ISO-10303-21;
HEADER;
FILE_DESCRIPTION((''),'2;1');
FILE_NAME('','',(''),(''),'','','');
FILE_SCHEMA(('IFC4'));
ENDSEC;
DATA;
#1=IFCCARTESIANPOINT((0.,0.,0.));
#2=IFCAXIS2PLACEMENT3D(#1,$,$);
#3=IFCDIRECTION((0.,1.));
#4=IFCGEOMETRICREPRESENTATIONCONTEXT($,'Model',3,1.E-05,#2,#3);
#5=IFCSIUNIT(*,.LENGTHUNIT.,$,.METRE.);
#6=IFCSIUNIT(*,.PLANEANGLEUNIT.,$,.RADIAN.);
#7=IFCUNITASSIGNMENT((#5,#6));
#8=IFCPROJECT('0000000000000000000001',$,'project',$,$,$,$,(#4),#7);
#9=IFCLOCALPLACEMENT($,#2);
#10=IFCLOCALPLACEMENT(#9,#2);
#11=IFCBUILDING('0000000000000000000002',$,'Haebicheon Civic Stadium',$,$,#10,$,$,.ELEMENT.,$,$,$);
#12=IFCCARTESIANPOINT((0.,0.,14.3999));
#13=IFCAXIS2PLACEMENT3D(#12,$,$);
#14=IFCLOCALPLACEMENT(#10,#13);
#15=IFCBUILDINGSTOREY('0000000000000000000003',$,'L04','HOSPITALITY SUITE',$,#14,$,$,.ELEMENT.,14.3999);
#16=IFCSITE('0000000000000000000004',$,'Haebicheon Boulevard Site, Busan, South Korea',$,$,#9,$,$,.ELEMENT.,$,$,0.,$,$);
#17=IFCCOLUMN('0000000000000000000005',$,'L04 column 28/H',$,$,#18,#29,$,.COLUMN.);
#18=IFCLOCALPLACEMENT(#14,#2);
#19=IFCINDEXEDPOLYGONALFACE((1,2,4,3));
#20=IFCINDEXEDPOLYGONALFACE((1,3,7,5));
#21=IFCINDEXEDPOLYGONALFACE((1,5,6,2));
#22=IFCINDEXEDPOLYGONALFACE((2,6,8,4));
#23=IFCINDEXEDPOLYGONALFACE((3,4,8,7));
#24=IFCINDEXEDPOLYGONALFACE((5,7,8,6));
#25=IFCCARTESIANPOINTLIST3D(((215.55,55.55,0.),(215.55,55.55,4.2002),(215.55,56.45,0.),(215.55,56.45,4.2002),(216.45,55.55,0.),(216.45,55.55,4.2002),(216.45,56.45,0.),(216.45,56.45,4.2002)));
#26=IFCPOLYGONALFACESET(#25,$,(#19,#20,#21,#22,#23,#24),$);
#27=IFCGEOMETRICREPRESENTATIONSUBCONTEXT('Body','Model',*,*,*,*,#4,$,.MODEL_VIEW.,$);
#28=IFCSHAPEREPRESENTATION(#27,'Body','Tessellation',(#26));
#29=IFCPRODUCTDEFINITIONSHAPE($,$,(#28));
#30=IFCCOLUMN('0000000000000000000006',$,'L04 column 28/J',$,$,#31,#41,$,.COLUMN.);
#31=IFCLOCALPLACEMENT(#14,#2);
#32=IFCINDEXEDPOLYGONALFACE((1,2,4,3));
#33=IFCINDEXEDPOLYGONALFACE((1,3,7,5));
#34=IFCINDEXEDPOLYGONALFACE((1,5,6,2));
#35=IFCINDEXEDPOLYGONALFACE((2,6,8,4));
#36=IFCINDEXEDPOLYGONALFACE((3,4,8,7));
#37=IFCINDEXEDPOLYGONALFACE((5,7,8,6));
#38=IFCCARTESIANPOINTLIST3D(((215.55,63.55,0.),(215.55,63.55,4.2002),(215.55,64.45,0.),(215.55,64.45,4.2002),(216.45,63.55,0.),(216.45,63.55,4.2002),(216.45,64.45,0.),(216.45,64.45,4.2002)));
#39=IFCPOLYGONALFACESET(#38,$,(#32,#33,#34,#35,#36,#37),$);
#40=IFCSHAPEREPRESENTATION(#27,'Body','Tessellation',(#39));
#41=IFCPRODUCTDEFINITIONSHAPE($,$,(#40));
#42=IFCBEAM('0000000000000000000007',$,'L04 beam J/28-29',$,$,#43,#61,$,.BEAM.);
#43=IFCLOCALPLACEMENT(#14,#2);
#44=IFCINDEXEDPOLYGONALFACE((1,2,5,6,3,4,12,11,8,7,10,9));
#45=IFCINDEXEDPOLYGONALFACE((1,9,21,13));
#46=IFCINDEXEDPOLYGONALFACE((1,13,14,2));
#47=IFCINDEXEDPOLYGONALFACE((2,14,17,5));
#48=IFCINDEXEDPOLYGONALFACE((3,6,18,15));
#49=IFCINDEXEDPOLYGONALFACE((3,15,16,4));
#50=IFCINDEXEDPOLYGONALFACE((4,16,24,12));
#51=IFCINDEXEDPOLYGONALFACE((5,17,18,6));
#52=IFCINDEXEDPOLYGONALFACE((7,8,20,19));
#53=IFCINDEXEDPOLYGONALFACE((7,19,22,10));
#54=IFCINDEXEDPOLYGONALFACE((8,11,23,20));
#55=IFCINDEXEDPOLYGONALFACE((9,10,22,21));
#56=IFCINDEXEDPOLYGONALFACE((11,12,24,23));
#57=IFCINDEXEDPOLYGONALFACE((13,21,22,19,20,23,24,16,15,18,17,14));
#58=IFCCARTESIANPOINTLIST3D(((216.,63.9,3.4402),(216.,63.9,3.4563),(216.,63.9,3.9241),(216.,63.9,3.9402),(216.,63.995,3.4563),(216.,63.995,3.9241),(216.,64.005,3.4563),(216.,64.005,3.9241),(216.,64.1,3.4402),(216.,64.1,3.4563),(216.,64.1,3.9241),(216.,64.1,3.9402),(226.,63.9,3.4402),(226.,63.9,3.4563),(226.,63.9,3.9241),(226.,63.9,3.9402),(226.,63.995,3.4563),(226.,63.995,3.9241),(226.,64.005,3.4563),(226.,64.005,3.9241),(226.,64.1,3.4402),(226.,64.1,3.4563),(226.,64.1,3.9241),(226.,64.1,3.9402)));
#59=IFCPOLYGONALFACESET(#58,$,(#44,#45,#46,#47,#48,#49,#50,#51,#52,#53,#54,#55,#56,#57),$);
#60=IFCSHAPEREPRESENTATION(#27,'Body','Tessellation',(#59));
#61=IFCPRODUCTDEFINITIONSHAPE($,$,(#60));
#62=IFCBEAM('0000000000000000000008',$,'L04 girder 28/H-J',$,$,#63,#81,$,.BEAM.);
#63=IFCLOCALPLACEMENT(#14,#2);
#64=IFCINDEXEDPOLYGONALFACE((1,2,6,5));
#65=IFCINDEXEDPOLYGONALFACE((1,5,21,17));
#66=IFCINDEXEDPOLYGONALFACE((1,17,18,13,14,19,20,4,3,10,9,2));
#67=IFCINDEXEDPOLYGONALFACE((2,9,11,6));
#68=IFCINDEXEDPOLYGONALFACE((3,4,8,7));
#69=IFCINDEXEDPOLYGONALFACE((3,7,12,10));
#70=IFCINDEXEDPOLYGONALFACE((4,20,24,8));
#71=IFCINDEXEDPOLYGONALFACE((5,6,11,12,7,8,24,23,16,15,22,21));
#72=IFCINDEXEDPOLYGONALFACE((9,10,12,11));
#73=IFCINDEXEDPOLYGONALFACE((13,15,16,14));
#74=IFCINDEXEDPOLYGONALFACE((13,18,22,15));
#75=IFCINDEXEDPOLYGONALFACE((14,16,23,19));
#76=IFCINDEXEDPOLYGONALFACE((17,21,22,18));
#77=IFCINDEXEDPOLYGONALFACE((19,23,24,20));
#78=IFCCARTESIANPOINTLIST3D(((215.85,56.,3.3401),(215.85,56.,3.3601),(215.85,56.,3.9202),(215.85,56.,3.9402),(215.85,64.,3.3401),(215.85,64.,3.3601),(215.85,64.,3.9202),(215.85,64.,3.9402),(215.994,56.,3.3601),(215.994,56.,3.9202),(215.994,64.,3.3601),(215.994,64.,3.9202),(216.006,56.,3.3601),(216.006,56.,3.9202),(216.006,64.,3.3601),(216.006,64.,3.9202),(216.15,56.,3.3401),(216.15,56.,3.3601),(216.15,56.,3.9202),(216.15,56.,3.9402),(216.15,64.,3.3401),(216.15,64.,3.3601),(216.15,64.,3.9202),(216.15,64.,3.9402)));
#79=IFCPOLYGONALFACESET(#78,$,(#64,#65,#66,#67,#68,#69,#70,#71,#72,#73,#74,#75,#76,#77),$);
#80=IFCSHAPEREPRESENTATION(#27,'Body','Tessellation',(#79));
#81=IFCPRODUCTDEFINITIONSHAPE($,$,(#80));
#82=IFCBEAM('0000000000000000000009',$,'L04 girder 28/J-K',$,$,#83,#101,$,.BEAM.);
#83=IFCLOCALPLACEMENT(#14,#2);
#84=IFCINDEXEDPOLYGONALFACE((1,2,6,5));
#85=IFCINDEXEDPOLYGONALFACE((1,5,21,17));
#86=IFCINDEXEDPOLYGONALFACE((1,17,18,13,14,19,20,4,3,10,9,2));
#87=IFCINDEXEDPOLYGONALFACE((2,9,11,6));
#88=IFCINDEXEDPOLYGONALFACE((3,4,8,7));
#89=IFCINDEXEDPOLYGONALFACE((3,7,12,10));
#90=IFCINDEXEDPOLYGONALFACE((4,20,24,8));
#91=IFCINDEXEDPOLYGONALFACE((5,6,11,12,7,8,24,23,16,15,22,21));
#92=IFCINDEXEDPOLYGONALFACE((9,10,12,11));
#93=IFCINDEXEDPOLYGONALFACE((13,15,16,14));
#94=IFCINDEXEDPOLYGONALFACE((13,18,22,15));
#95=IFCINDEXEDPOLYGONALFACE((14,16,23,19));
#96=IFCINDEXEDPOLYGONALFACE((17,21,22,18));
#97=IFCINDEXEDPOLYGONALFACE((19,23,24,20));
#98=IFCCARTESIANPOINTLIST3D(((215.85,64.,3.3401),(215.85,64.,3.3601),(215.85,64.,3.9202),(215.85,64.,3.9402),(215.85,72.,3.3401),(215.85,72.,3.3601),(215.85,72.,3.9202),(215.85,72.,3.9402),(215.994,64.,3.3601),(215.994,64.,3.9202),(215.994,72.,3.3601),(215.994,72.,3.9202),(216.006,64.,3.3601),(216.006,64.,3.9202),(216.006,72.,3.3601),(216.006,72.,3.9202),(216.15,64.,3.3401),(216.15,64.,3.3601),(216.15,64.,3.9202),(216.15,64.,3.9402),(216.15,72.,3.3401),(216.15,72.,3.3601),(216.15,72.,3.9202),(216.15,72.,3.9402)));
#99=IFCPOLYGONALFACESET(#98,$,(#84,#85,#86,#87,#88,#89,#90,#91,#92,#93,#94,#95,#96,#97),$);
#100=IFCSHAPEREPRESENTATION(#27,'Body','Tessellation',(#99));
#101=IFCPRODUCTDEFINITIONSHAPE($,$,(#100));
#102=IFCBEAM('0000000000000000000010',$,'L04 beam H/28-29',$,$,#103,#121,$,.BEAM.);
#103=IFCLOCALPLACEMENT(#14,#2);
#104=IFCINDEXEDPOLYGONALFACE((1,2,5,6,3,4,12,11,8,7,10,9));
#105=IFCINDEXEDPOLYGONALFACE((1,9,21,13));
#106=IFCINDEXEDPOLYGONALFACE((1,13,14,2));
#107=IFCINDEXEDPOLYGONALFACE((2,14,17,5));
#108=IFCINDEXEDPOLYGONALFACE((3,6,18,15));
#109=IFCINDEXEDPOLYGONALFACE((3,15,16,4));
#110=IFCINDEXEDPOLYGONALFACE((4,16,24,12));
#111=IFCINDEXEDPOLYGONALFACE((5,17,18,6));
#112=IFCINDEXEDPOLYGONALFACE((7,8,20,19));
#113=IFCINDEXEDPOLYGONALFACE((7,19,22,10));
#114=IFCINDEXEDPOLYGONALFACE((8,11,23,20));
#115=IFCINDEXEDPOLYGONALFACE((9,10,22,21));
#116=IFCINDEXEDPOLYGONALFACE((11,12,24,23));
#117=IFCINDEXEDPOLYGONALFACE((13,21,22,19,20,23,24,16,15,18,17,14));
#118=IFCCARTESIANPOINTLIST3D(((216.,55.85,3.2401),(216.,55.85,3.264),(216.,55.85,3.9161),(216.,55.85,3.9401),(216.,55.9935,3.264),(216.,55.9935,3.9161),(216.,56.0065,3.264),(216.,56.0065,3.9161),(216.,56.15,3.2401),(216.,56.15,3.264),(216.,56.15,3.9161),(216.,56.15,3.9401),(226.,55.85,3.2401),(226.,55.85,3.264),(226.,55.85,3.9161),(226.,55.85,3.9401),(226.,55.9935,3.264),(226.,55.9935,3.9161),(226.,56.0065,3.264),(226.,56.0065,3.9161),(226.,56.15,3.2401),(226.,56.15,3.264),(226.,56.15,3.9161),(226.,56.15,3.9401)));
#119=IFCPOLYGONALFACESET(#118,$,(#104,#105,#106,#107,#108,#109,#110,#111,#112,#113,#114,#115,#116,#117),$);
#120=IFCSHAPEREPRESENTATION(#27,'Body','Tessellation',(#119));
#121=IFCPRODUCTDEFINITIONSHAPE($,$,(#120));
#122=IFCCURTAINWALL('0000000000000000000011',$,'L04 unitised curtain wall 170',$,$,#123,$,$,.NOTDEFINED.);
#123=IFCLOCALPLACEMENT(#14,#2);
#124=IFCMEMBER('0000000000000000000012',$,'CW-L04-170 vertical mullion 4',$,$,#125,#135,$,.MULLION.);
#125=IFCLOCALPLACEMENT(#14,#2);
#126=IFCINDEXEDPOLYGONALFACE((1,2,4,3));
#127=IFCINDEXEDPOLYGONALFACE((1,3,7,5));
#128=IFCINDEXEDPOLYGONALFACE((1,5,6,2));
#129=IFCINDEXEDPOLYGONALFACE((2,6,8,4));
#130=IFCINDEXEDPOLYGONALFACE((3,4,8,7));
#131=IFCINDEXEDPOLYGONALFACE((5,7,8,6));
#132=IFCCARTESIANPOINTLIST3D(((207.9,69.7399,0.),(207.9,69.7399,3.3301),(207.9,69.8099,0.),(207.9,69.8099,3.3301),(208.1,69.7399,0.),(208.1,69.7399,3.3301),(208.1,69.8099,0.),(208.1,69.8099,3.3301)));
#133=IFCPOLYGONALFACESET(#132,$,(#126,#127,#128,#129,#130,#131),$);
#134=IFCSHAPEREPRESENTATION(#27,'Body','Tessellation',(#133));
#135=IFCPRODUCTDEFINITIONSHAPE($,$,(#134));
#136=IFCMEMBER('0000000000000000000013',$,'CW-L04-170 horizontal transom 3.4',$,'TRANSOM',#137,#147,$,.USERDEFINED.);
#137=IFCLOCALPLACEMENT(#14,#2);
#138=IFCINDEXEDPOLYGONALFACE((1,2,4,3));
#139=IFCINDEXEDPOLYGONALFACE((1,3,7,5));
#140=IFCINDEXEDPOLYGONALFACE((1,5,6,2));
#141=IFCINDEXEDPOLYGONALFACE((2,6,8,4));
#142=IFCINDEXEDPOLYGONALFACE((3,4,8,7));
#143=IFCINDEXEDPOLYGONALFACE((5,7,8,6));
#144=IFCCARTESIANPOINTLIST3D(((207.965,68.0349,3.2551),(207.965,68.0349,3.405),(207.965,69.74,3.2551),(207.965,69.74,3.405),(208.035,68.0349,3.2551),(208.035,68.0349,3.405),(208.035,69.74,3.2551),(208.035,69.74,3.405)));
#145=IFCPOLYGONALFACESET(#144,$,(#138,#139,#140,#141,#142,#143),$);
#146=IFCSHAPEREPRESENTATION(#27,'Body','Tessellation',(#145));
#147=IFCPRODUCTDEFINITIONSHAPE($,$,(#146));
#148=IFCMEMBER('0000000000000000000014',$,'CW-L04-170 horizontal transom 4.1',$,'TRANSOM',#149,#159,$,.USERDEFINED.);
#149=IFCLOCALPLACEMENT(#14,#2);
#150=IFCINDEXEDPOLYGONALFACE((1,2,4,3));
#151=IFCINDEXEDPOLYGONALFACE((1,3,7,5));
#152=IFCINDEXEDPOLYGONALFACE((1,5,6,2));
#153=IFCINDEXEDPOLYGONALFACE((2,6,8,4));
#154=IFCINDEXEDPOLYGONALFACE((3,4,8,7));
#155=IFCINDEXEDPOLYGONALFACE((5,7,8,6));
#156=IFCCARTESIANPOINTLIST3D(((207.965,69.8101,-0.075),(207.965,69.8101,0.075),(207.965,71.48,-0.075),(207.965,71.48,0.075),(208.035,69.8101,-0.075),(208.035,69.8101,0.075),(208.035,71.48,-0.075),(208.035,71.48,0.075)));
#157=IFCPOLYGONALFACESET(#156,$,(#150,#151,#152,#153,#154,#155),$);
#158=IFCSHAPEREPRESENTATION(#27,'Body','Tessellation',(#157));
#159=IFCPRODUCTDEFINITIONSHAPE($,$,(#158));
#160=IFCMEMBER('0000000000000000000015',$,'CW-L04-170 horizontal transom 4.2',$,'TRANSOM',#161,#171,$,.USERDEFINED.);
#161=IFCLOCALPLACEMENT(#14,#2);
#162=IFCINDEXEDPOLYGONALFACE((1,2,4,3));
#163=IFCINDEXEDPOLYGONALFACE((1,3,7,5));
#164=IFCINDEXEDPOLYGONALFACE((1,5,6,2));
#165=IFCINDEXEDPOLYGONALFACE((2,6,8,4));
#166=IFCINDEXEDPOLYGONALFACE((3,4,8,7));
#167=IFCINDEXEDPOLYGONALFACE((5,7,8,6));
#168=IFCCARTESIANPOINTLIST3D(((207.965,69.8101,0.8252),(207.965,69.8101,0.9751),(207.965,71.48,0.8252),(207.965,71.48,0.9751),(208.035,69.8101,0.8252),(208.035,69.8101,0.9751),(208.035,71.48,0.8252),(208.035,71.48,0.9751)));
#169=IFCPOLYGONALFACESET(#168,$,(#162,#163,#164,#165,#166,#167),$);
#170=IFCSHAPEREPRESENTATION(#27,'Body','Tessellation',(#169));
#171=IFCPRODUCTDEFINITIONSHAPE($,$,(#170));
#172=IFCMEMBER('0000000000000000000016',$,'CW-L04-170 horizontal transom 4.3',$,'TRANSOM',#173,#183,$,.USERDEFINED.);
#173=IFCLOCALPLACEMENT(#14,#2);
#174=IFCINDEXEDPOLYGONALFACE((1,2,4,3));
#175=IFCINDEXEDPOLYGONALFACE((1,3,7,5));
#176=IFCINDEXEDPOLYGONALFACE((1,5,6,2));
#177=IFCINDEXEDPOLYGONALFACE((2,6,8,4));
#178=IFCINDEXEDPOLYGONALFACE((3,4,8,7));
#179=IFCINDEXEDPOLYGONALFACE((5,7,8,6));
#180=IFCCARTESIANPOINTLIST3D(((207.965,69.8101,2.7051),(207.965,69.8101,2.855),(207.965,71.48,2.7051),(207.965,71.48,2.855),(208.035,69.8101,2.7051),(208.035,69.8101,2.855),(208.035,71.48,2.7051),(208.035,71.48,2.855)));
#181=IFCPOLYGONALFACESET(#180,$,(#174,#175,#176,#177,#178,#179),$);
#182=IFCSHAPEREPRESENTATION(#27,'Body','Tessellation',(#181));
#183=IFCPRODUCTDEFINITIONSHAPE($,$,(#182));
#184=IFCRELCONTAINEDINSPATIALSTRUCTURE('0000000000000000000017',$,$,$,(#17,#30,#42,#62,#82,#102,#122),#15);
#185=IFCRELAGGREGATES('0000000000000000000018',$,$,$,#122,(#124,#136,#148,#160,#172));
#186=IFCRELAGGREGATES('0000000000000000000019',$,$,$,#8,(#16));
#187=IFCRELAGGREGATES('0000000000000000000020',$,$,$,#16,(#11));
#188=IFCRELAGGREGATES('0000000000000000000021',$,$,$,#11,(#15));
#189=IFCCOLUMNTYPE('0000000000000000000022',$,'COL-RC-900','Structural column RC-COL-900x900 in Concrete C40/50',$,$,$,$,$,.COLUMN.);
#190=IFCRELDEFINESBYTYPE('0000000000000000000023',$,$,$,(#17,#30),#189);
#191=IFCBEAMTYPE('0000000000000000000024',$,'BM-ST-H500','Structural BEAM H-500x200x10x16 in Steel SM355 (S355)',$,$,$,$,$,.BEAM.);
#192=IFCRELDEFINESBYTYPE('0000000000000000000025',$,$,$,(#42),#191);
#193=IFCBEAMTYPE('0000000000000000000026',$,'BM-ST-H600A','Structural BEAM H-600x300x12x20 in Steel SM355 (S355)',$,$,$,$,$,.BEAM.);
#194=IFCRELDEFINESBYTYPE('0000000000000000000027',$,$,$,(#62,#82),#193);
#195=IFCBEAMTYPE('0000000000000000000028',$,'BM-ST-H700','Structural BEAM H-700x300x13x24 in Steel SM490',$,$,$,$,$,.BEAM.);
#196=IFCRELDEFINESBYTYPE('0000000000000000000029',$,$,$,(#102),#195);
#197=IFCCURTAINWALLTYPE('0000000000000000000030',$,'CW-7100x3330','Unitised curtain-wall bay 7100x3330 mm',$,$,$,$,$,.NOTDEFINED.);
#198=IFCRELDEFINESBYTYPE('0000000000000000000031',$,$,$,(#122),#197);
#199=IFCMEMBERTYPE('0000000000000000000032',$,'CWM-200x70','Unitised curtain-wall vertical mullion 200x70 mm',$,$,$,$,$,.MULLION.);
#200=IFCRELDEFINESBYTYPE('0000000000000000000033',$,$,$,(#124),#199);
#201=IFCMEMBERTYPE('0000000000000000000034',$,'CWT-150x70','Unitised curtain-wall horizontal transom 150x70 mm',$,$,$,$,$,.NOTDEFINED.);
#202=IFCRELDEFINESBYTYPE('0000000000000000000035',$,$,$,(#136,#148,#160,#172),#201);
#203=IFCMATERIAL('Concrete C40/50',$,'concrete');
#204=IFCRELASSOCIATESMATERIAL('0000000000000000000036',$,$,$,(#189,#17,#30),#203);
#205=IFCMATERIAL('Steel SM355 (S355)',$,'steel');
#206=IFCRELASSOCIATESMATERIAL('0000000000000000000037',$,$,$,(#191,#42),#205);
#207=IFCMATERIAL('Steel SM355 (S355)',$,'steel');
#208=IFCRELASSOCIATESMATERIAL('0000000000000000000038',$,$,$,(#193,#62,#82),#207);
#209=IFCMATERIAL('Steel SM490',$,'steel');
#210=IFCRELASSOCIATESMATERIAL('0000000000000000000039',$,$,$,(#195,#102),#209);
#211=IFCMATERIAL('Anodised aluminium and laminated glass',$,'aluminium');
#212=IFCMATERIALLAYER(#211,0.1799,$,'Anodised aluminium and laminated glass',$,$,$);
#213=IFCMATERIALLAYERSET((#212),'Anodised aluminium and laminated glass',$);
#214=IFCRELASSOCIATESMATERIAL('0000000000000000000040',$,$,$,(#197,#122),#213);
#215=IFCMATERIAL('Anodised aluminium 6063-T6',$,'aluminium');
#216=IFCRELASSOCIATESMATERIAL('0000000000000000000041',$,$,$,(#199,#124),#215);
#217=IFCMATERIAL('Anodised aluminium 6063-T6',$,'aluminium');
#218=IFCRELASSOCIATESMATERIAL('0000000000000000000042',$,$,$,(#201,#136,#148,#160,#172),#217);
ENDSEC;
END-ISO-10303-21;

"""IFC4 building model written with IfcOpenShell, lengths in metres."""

from ifc_helpers import new_model, si_unit, direction, frame, origin, origin_2d, place, context, subcontext, project, spatial, rectangle, i_section, extrude, material, layer, layer_set, material_profile, profile_set, type_object, element, aggregate, save


model = new_model("IFC4")

# Units and contexts
model_context = context("Model", 3, precision=1e-05, world=origin(), true_north=direction((0.0, 1.0)))
body_context = subcontext(model_context, "Body", "Model", "MODEL_VIEW")
ifc_project = project(units=[si_unit("LENGTHUNIT", "METRE"), si_unit("PLANEANGLEUNIT", "RADIAN")], contexts=[model_context])

# Site, building, storey
site_placement = place(None, origin())
site = spatial("IfcSite", under=ifc_project, at=site_placement, Name="Haebicheon Boulevard Site, Busan, South Korea", CompositionType="ELEMENT", RefElevation=0.0)
building_placement = place(site_placement, origin())
building = spatial("IfcBuilding", under=site, at=building_placement, Name="Haebicheon Civic Stadium", CompositionType="ELEMENT")
storey_placement = place(building_placement, frame((0.0, 0.0, 14.3999)))
storey = spatial("IfcBuildingStorey", under=building, at=storey_placement, Name="L04", Description="HOSPITALITY SUITE", CompositionType="ELEMENT", Elevation=14.3999)

# Columns
ifc_material_1 = material(Name="Concrete C40/50", Category="concrete")
ifc_material_profile_1 = material_profile(ifc_material_1, rectangle(XDim=0.8999, YDim=0.8999, at=origin_2d()), Name="RC-COL-900x900")
ifc_profile_set_1 = profile_set([ifc_material_profile_1], Name="Concrete C40/50")
column_type = type_object("IfcColumnType", Name="COL-RC-900", Description="Structural column RC-COL-900x900 in Concrete C40/50", PredefinedType="COLUMN", material=ifc_profile_set_1)
for number, where, z_axis, x_axis, name in (
    (1, (216.0, 56.0, 0.0), (0.0, 0.0, 1.0), (1.0, 0.0, 0.0), "L04 column 28/H"),
    (2, (216.0, 64.0, 0.0), (0.0, 0.0, 1.0), (1.0, 0.0, 0.0), "L04 column 28/J"),
):
    element("IfcColumn", number, at=place(storey_placement, frame(where, z_axis=z_axis, x_axis=x_axis)), inside=storey, type_object=column_type, material=ifc_profile_set_1, Name=name, PredefinedType="COLUMN", context=body_context, shape_type="SweptSolid", body=[
        extrude(rectangle(XDim=0.8999, YDim=0.8999, at=origin_2d()), origin(), (0.0, 0.0, 1.0), 4.2002),
    ])

# Beams
ifc_material_2 = material(Name="Steel SM355 (S355)", Category="steel")
ifc_material_profile_2 = material_profile(ifc_material_2, i_section(OverallWidth=0.2, OverallDepth=0.5, WebThickness=0.01, FlangeThickness=0.0161, at=origin_2d()), Name="H-500x200x10x16")
ifc_profile_set_2 = profile_set([ifc_material_profile_2], Name="Steel SM355 (S355)")
beam_type_1 = type_object("IfcBeamType", Name="BM-ST-H500", Description="Structural BEAM H-500x200x10x16 in Steel SM355 (S355)", PredefinedType="BEAM", material=ifc_profile_set_2)
beam_1_placement = place(storey_placement, frame((216.0, 64.0, 3.6902), z_axis=(1.0, 0.0, 0.0), x_axis=(0.0, 1.0, 0.0)))
element("IfcBeam", 3, at=beam_1_placement, inside=storey, type_object=beam_type_1, material=ifc_profile_set_2, Name="L04 beam J/28-29", PredefinedType="BEAM", context=body_context, shape_type="SweptSolid", body=[
    extrude(i_section(OverallWidth=0.2, OverallDepth=0.5, WebThickness=0.01, FlangeThickness=0.0161, at=origin_2d()), origin(), (0.0, 0.0, 1.0), 10.0),
])
ifc_material_3 = material(Name="Steel SM355 (S355)", Category="steel")
ifc_material_profile_3 = material_profile(ifc_material_3, i_section(OverallWidth=0.3, OverallDepth=0.6001, WebThickness=0.012, FlangeThickness=0.02, at=origin_2d()), Name="H-600x300x12x20")
ifc_profile_set_3 = profile_set([ifc_material_profile_3], Name="Steel SM355 (S355)")
beam_type_2 = type_object("IfcBeamType", Name="BM-ST-H600A", Description="Structural BEAM H-600x300x12x20 in Steel SM355 (S355)", PredefinedType="BEAM", material=ifc_profile_set_3)
for number, where, z_axis, x_axis, name in (
    (4, (216.0, 56.0, 3.6401), (0.0, 1.0, 0.0), (-1.0, 0.0, 0.0), "L04 girder 28/H-J"),
    (5, (216.0, 64.0, 3.6401), (0.0, 1.0, 0.0), (-1.0, 0.0, 0.0), "L04 girder 28/J-K"),
):
    element("IfcBeam", number, at=place(storey_placement, frame(where, z_axis=z_axis, x_axis=x_axis)), inside=storey, type_object=beam_type_2, material=ifc_profile_set_3, Name=name, PredefinedType="BEAM", context=body_context, shape_type="SweptSolid", body=[
        extrude(i_section(OverallWidth=0.3, OverallDepth=0.6001, WebThickness=0.012, FlangeThickness=0.02, at=origin_2d()), origin(), (0.0, 0.0, 1.0), 8.0),
    ])
ifc_material_4 = material(Name="Steel SM490", Category="steel")
ifc_material_profile_4 = material_profile(ifc_material_4, i_section(OverallWidth=0.3, OverallDepth=0.7, WebThickness=0.0129, FlangeThickness=0.0239, at=origin_2d()), Name="H-700x300x13x24")
ifc_profile_set_4 = profile_set([ifc_material_profile_4], Name="Steel SM490")
beam_type_3 = type_object("IfcBeamType", Name="BM-ST-H700", Description="Structural BEAM H-700x300x13x24 in Steel SM490", PredefinedType="BEAM", material=ifc_profile_set_4)
beam_2_placement = place(storey_placement, frame((216.0, 56.0, 3.5901), z_axis=(1.0, 0.0, 0.0), x_axis=(0.0, 1.0, 0.0)))
element("IfcBeam", 6, at=beam_2_placement, inside=storey, type_object=beam_type_3, material=ifc_profile_set_4, Name="L04 beam H/28-29", PredefinedType="BEAM", context=body_context, shape_type="SweptSolid", body=[
    extrude(i_section(OverallWidth=0.3, OverallDepth=0.7, WebThickness=0.0129, FlangeThickness=0.0239, at=origin_2d()), origin(), (0.0, 0.0, 1.0), 10.0),
])

# Curtain wall, members
ifc_material_5 = material(Name="Anodised aluminium and laminated glass", Category="aluminium")
ifc_layer_1 = layer(ifc_material_5, 0.1799, Name="Anodised aluminium and laminated glass")
ifc_layer_set_1 = layer_set([ifc_layer_1], Name="Anodised aluminium and laminated glass")
curtain_wall_type = type_object("IfcCurtainWallType", Name="CW-7100x3330", Description="Unitised curtain-wall bay 7100x3330 mm", PredefinedType="NOTDEFINED", material=ifc_layer_set_1)
curtain_wall_placement = place(storey_placement, origin())
curtain_wall = element("IfcCurtainWall", 7, at=curtain_wall_placement, inside=storey, type_object=curtain_wall_type, material=ifc_layer_set_1, Name="L04 unitised curtain wall 170", PredefinedType="NOTDEFINED")
ifc_material_6 = material(Name="Anodised aluminium 6063-T6", Category="aluminium")
ifc_material_profile_5 = material_profile(ifc_material_6, rectangle(XDim=0.0701, YDim=0.2, at=origin_2d()), Name="ALU-MULL-70x200")
ifc_profile_set_5 = profile_set([ifc_material_profile_5], Name="Anodised aluminium 6063-T6")
member_type_1 = type_object("IfcMemberType", Name="CWM-200x70", Description="Unitised curtain-wall vertical mullion 200x70 mm", PredefinedType="MULLION", material=ifc_profile_set_5)
member_1_placement = place(storey_placement, frame((208.0, 69.7749, 0.0), z_axis=(0.0, 0.0, 1.0), x_axis=(0.0, 1.0, 0.0)))
member_1 = element("IfcMember", 8, at=member_1_placement, type_object=member_type_1, material=ifc_profile_set_5, Name="CW-L04-170 vertical mullion 4", PredefinedType="MULLION", context=body_context, shape_type="SweptSolid", body=[
    extrude(rectangle(XDim=0.0701, YDim=0.2, at=origin_2d()), origin(), (0.0, 0.0, 1.0), 3.3301),
])
ifc_material_7 = material(Name="Anodised aluminium 6063-T6", Category="aluminium")
ifc_material_profile_6 = material_profile(ifc_material_7, rectangle(XDim=0.0701, YDim=0.1499, at=origin_2d()), Name="ALU-TRAN-70x150")
ifc_profile_set_6 = profile_set([ifc_material_profile_6], Name="Anodised aluminium 6063-T6")
member_type_2 = type_object("IfcMemberType", Name="CWT-150x70", Description="Unitised curtain-wall horizontal transom 150x70 mm", PredefinedType="NOTDEFINED", material=ifc_profile_set_6)
member_2_placement = place(storey_placement, frame((208.0, 68.0349, 3.3301), z_axis=(0.0, 1.0, 0.0), x_axis=(-1.0, 0.0, 0.0)))
member_2 = element("IfcMember", 9, at=member_2_placement, type_object=member_type_2, material=ifc_profile_set_6, Name="CW-L04-170 horizontal transom 3.4", ObjectType="TRANSOM", PredefinedType="USERDEFINED", context=body_context, shape_type="SweptSolid", body=[
    extrude(rectangle(XDim=0.0701, YDim=0.1499, at=origin_2d()), origin(), (0.0, 0.0, 1.0), 1.7051),
])
member_3_placement = place(storey_placement, frame((208.0, 69.8101, 0.0), z_axis=(0.0, 1.0, 0.0), x_axis=(-1.0, 0.0, 0.0)))
member_3 = element("IfcMember", 10, at=member_3_placement, type_object=member_type_2, material=ifc_profile_set_6, Name="CW-L04-170 horizontal transom 4.1", ObjectType="TRANSOM", PredefinedType="USERDEFINED", context=body_context, shape_type="SweptSolid", body=[
    extrude(rectangle(XDim=0.0701, YDim=0.1499, at=origin_2d()), origin(), (0.0, 0.0, 1.0), 1.6699),
])
member_4_placement = place(storey_placement, frame((208.0, 69.8101, 0.9001), z_axis=(0.0, 1.0, 0.0), x_axis=(-1.0, 0.0, 0.0)))
member_4 = element("IfcMember", 11, at=member_4_placement, type_object=member_type_2, material=ifc_profile_set_6, Name="CW-L04-170 horizontal transom 4.2", ObjectType="TRANSOM", PredefinedType="USERDEFINED", context=body_context, shape_type="SweptSolid", body=[
    extrude(rectangle(XDim=0.0701, YDim=0.1499, at=origin_2d()), origin(), (0.0, 0.0, 1.0), 1.6699),
])
member_5_placement = place(storey_placement, frame((208.0, 69.8101, 2.78), z_axis=(0.0, 1.0, 0.0), x_axis=(-1.0, 0.0, 0.0)))
member_5 = element("IfcMember", 12, at=member_5_placement, type_object=member_type_2, material=ifc_profile_set_6, Name="CW-L04-170 horizontal transom 4.3", ObjectType="TRANSOM", PredefinedType="USERDEFINED", context=body_context, shape_type="SweptSolid", body=[
    extrude(rectangle(XDim=0.0701, YDim=0.1499, at=origin_2d()), origin(), (0.0, 0.0, 1.0), 1.6699),
])

aggregate(curtain_wall, [member_1, member_2, member_3, member_4, member_5])

save(model, "model.ifc")
